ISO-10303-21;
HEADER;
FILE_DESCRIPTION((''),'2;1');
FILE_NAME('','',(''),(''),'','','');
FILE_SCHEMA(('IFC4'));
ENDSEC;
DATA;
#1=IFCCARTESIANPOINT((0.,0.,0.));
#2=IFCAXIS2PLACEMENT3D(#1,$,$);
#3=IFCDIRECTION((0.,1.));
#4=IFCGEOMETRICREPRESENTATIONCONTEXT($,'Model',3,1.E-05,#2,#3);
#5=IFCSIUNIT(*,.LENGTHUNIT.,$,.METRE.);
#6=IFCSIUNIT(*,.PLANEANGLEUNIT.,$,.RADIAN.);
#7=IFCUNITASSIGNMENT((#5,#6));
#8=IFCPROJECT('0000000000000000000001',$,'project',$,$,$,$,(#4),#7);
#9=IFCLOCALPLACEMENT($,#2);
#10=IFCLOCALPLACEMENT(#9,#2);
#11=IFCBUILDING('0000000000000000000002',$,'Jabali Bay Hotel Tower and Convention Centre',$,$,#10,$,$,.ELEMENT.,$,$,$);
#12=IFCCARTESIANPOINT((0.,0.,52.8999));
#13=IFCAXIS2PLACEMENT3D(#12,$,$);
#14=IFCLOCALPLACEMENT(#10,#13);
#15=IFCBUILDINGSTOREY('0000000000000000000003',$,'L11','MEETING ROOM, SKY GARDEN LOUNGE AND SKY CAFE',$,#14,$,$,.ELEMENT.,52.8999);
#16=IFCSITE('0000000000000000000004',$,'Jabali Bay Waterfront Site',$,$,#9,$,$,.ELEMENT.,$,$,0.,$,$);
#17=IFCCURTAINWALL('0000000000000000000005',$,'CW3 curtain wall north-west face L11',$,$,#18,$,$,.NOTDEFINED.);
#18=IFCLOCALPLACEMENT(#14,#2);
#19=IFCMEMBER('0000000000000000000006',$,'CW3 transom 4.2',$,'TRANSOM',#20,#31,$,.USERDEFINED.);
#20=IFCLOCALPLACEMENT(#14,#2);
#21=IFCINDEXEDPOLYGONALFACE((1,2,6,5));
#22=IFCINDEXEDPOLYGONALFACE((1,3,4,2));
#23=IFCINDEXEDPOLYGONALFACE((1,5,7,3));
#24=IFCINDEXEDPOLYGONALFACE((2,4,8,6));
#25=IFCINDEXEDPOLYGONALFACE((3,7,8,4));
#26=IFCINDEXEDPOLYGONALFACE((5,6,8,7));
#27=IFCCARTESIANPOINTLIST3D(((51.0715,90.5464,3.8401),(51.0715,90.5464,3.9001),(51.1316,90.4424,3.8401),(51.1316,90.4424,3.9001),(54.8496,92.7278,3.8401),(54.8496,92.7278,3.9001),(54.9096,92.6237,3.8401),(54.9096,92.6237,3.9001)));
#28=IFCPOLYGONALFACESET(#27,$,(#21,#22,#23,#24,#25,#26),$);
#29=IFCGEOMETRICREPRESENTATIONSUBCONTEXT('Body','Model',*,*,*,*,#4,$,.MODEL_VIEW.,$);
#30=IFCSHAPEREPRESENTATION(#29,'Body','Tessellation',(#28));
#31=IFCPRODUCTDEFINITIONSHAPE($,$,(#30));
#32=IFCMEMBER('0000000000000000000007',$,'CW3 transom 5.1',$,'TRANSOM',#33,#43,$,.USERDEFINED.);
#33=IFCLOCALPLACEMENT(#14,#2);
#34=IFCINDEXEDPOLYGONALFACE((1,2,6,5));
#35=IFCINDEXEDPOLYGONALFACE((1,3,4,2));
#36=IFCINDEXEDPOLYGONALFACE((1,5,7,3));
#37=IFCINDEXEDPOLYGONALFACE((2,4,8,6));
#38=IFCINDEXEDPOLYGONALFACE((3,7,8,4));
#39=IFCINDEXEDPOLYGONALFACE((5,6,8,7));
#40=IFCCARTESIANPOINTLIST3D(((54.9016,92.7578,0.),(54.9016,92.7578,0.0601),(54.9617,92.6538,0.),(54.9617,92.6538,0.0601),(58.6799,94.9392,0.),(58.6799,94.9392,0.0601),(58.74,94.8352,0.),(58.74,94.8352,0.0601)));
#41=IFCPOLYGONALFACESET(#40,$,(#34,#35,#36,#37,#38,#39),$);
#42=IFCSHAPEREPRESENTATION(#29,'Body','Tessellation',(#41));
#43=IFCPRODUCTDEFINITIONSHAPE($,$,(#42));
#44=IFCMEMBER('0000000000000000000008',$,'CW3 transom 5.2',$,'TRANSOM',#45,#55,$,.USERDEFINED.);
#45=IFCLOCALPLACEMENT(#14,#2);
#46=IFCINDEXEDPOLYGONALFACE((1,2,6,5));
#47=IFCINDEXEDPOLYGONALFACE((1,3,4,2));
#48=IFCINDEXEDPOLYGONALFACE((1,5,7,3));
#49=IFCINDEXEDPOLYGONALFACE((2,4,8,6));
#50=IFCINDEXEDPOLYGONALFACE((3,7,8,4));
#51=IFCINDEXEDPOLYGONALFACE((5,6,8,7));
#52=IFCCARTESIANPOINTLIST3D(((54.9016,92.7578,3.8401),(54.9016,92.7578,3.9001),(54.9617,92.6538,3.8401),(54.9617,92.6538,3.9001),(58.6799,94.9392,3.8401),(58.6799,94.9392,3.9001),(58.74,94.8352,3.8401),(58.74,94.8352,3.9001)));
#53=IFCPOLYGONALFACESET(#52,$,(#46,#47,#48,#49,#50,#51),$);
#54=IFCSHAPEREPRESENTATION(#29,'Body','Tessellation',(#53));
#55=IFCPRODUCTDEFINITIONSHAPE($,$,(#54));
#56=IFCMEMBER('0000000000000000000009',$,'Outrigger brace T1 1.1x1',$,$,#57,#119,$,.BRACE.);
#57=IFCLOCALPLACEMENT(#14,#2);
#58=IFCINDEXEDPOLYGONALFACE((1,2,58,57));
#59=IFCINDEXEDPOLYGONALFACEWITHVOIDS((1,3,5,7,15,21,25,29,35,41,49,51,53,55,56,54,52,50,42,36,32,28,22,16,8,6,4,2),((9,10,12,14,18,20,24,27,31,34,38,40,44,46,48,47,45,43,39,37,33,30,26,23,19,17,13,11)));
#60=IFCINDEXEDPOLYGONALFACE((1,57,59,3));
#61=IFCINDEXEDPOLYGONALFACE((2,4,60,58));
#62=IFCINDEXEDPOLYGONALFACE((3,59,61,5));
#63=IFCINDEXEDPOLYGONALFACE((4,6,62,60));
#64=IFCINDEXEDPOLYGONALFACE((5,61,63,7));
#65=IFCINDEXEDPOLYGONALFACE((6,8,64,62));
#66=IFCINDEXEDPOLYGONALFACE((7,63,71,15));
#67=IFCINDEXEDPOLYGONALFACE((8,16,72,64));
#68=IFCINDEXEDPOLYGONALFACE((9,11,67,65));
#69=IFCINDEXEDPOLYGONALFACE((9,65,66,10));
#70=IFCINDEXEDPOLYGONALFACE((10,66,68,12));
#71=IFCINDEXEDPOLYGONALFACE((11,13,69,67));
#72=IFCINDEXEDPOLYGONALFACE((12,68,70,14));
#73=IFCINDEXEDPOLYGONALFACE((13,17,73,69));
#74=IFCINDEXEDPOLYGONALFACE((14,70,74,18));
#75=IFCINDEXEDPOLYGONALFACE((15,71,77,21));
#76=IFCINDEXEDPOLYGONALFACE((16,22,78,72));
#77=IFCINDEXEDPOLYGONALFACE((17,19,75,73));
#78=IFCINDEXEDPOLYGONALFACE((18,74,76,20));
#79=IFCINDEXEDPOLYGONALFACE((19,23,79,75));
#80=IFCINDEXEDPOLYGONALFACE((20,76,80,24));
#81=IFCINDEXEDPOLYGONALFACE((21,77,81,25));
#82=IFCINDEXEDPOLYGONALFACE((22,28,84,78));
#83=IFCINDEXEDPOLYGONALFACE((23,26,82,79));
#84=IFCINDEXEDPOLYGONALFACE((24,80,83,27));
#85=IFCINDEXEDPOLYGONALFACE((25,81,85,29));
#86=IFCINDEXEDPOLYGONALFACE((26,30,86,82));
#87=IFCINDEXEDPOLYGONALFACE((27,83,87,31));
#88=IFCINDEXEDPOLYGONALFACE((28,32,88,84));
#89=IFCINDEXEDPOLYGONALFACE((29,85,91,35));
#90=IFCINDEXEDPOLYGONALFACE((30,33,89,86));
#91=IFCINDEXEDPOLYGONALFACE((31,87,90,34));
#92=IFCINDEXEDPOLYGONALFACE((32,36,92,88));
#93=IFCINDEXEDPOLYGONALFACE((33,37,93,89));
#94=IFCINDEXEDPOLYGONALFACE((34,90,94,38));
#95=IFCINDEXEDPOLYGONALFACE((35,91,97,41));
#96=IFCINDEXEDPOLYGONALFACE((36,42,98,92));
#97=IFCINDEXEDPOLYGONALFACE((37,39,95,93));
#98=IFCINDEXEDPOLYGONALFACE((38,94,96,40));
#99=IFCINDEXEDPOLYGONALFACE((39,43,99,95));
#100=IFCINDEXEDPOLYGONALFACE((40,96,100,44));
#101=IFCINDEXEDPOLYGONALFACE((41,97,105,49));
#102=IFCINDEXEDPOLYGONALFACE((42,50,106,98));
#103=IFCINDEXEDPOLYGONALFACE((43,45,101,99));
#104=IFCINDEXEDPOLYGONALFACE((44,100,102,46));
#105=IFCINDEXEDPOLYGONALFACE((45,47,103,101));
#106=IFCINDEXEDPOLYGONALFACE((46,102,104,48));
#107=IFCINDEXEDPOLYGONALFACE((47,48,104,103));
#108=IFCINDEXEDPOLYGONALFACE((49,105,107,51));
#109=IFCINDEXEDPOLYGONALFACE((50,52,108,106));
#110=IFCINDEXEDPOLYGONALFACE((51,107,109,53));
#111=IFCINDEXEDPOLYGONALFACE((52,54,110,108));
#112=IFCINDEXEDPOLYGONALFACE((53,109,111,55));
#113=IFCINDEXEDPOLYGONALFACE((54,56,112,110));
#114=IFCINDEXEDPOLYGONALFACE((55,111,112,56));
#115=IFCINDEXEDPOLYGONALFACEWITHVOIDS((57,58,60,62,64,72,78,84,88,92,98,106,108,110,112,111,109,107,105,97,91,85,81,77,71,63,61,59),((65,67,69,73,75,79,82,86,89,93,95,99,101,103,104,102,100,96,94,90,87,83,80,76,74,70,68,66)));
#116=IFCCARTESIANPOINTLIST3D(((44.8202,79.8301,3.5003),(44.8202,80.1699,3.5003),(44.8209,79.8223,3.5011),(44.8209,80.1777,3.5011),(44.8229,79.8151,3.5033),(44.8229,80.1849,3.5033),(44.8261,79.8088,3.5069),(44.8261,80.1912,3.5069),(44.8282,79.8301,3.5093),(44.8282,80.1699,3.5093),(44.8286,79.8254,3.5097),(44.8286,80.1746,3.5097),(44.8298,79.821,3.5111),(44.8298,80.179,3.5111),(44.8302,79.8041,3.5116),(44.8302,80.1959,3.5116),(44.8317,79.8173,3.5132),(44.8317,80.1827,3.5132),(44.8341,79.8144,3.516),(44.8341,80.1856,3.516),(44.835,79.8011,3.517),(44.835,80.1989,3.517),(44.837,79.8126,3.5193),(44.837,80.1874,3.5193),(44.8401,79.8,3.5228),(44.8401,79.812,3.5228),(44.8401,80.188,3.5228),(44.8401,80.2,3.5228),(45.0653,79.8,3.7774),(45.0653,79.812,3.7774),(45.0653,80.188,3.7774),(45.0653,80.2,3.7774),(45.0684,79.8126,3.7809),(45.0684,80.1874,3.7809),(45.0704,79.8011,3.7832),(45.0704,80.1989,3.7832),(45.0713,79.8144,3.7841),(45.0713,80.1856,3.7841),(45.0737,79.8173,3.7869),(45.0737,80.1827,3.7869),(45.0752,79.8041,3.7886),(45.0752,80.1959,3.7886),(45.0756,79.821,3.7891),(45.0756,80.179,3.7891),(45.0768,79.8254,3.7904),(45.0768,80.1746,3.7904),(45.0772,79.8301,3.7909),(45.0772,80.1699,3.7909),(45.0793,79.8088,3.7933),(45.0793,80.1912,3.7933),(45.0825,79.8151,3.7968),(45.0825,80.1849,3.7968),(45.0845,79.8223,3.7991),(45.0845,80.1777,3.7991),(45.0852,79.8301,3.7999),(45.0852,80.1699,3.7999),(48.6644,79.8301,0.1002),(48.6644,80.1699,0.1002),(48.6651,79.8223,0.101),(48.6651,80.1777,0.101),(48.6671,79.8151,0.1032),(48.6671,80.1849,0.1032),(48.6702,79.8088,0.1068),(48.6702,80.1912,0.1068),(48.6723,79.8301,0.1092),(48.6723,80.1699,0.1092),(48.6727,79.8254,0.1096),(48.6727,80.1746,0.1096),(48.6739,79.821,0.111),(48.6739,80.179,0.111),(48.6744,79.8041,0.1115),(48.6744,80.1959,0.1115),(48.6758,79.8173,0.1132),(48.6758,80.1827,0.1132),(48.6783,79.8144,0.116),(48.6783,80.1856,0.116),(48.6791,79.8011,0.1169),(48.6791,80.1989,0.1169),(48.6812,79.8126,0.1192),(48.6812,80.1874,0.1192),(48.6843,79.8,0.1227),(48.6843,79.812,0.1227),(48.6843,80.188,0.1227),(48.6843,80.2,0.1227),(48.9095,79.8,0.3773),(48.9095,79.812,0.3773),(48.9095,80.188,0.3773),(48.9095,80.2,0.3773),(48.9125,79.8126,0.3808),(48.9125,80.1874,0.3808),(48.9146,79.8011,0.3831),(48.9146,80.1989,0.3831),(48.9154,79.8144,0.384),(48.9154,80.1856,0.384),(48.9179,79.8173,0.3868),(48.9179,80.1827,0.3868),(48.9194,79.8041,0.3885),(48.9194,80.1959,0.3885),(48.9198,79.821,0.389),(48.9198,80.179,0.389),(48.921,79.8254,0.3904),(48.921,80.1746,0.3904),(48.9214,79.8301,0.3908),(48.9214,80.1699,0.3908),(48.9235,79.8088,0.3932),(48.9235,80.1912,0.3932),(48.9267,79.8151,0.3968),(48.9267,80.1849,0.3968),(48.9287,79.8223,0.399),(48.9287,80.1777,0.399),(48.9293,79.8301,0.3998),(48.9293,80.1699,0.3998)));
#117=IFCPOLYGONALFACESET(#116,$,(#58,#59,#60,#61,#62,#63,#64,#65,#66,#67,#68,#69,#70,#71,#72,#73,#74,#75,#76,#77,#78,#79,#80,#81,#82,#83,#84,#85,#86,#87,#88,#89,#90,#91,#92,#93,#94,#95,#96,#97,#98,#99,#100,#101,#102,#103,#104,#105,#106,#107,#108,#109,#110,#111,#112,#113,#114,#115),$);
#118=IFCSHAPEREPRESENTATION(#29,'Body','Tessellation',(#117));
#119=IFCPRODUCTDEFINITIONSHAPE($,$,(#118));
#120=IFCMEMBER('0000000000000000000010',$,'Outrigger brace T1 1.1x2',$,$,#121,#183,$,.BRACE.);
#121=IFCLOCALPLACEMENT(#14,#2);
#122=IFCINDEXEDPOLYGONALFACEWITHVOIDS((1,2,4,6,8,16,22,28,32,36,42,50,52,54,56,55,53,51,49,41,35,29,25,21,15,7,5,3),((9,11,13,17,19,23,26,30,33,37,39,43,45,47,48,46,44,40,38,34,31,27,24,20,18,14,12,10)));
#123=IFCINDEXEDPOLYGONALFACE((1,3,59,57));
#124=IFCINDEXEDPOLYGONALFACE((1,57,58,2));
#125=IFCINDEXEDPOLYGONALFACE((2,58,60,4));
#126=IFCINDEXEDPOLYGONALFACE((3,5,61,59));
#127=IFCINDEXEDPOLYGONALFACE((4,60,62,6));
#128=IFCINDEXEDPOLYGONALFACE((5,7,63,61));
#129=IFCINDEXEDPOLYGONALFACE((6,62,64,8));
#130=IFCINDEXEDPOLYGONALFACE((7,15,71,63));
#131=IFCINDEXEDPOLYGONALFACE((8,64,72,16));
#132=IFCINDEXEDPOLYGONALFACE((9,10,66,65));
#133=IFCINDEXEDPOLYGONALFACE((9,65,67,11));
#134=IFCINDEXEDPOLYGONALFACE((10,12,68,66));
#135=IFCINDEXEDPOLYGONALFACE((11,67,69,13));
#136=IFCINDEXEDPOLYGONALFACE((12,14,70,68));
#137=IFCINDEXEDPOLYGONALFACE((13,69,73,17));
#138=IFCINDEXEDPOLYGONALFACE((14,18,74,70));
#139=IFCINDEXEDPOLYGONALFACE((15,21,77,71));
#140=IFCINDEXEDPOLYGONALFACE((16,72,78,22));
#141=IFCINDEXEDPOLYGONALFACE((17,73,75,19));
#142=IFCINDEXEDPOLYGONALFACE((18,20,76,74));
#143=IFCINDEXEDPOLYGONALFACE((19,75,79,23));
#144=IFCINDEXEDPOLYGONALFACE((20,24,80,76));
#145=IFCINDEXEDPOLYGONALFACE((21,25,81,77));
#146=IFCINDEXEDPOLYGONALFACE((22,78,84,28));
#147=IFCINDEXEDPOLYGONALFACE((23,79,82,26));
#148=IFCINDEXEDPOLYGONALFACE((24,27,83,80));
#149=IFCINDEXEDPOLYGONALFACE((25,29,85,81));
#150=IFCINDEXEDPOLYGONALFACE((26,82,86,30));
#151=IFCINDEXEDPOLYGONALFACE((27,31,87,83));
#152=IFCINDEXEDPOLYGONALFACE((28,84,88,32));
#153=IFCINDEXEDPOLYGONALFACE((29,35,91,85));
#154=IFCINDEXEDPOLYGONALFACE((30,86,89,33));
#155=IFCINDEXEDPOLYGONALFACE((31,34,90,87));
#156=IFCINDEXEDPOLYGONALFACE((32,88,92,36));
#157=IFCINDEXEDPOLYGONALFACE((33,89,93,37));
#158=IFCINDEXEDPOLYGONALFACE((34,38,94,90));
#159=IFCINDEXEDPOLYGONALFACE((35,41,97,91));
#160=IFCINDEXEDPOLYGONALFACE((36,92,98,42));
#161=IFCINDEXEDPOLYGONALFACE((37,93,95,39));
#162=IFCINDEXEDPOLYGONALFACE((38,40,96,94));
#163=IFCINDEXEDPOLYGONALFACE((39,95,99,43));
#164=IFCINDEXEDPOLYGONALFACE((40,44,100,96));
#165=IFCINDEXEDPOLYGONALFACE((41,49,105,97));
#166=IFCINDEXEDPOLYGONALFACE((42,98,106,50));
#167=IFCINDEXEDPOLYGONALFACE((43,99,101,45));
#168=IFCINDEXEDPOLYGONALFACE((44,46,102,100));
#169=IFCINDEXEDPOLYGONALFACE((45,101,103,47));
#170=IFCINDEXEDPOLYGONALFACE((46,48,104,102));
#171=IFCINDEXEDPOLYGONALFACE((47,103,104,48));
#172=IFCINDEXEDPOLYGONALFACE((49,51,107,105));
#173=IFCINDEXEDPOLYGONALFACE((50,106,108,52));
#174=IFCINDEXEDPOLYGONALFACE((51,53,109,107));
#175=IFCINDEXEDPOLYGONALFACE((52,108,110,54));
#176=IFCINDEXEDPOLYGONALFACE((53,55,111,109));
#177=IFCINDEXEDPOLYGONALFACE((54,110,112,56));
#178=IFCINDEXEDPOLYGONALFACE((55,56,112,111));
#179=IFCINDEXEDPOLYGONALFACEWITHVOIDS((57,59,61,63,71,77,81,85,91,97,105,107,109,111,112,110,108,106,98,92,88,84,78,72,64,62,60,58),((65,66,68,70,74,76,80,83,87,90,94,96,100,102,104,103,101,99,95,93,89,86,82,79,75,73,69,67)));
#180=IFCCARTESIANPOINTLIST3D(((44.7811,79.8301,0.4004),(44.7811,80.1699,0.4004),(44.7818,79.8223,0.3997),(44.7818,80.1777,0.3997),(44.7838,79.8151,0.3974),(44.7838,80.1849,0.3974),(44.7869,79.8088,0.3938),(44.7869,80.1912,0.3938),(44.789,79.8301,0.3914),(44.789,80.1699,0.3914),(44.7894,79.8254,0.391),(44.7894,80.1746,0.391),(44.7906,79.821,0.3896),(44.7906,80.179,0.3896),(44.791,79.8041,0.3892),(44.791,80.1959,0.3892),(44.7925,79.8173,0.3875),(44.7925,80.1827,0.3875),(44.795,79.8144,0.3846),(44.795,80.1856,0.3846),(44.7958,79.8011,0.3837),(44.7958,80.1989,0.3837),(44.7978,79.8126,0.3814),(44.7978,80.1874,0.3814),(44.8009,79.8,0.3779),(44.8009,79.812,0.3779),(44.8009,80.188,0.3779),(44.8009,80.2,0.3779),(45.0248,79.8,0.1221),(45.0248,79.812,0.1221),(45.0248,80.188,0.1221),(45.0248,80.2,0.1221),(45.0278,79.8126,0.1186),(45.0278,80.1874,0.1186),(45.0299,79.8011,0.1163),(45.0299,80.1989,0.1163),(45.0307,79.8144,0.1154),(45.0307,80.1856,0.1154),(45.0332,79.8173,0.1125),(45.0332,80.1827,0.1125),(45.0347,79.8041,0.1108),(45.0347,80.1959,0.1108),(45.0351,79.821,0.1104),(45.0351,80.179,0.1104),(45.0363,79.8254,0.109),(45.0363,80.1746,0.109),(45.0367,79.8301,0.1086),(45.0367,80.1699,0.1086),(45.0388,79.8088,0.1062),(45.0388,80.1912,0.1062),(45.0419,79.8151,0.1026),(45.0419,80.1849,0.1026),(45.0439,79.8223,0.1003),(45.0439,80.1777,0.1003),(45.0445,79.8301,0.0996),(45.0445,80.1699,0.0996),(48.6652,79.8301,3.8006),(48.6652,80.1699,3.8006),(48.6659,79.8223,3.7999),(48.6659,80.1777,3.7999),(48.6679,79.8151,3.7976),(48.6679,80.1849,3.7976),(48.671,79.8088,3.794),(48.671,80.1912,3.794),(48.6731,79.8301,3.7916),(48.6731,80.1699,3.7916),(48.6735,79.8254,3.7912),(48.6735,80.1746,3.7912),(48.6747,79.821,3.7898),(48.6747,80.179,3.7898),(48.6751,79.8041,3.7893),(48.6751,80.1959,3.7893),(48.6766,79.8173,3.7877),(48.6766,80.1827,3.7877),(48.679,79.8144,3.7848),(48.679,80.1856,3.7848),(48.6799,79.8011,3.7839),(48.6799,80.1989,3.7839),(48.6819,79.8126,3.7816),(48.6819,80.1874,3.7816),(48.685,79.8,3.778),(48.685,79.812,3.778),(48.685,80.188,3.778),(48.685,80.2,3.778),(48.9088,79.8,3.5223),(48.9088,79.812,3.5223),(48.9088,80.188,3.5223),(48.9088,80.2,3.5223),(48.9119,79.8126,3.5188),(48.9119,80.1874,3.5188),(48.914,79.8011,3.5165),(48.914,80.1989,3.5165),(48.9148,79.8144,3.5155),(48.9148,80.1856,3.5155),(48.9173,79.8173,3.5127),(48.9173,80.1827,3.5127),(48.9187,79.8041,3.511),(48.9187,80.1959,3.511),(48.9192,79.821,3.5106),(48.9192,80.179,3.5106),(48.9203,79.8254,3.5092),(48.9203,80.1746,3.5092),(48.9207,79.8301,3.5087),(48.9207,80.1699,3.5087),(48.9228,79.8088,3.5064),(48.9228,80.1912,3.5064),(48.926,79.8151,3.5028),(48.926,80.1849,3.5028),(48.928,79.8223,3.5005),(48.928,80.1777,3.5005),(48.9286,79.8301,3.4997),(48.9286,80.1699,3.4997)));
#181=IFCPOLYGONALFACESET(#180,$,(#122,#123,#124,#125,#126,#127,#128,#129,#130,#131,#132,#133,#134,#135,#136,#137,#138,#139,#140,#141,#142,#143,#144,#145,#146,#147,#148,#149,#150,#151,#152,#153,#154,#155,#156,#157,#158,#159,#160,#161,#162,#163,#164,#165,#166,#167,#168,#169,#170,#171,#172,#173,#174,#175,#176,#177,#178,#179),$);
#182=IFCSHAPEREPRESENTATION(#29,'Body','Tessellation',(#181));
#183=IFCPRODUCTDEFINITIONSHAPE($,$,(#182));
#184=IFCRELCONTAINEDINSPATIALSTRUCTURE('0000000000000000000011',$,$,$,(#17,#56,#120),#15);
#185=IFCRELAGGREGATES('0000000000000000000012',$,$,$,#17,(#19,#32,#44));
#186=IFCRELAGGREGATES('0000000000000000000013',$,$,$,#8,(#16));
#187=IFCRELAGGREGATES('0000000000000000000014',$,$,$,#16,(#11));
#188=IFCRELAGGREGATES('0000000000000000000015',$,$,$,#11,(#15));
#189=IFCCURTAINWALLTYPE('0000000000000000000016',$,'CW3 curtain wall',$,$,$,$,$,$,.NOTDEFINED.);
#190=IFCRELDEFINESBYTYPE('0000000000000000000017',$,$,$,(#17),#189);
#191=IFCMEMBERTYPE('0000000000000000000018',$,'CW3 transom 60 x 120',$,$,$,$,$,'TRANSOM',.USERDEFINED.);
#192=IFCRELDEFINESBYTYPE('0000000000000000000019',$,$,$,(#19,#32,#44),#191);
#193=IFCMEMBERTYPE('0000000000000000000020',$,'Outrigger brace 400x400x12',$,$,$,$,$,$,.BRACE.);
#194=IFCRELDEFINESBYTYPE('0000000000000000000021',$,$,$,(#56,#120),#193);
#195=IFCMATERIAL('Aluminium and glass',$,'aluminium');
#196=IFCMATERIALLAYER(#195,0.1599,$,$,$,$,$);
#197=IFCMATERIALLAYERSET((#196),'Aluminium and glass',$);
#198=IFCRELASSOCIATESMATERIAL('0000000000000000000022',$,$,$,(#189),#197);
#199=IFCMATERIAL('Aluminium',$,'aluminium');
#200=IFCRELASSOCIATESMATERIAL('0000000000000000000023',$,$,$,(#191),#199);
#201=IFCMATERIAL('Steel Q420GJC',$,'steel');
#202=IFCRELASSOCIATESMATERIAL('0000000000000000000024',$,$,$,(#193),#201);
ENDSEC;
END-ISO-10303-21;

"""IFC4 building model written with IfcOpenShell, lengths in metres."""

from ifc_helpers import new_model, si_unit, direction, frame, origin, origin_2d, place, context, subcontext, project, spatial, rectangle, hollow_rectangle, extrude, material, layer, layer_set, material_profile, profile_set, type_object, element, aggregate, save


model = new_model("IFC4")

# Units and contexts
model_context = context("Model", 3, precision=1e-05, world=origin(), true_north=direction((0.0, 1.0)))
body_context = subcontext(model_context, "Body", "Model", "MODEL_VIEW")
ifc_project = project(units=[si_unit("LENGTHUNIT", "METRE"), si_unit("PLANEANGLEUNIT", "RADIAN")], contexts=[model_context])

# Site, building, storey
site_placement = place(None, origin())
site = spatial("IfcSite", under=ifc_project, at=site_placement, Name="Jabali Bay Waterfront Site", CompositionType="ELEMENT", RefElevation=0.0)
building_placement = place(site_placement, origin())
building = spatial("IfcBuilding", under=site, at=building_placement, Name="Jabali Bay Hotel Tower and Convention Centre", CompositionType="ELEMENT")
storey_placement = place(building_placement, frame((0.0, 0.0, 52.8999)))
storey = spatial("IfcBuildingStorey", under=building, at=storey_placement, Name="L11", Description="MEETING ROOM, SKY GARDEN LOUNGE AND SKY CAFE", CompositionType="ELEMENT", Elevation=52.8999)

# Shared definitions
ifc_material_1 = material(Name="Steel Q420GJC", Category="steel")

# Curtain wall, members
ifc_material_2 = material(Name="Aluminium and glass", Category="aluminium")
ifc_layer_1 = layer(ifc_material_2, 0.1599)
ifc_layer_set_1 = layer_set([ifc_layer_1], Name="Aluminium and glass")
curtain_wall_type = type_object("IfcCurtainWallType", Name="CW3 curtain wall", PredefinedType="NOTDEFINED", material=ifc_layer_set_1)
curtain_wall_placement = place(storey_placement, origin())
curtain_wall = element("IfcCurtainWall", 1, at=curtain_wall_placement, inside=storey, type_object=curtain_wall_type, Name="CW3 curtain wall north-west face L11", PredefinedType="NOTDEFINED")
ifc_material_3 = material(Name="Aluminium", Category="aluminium")
ifc_material_profile_1 = material_profile(ifc_material_3, rectangle(XDim=0.1201, YDim=0.0601, at=origin_2d()), Name="CW3 transom 60 x 120")
ifc_profile_set_1 = profile_set([ifc_material_profile_1], Name="Aluminium")
member_type_1 = type_object("IfcMemberType", Name="CW3 transom 60 x 120", ElementType="TRANSOM", PredefinedType="USERDEFINED", material=ifc_profile_set_1)
member_1_placement = place(storey_placement, frame((51.1016, 90.4944, 3.8701), z_axis=(0.866013, 0.500021, 0.0), x_axis=(-0.500021, 0.866013, 0.0)))
member_1 = element("IfcMember", 2, at=member_1_placement, type_object=member_type_1, Name="CW3 transom 4.2", ObjectType="TRANSOM", PredefinedType="USERDEFINED", context=body_context, shape_type="SweptSolid", body=[
    extrude(rectangle(XDim=0.1201, YDim=0.0601, at=origin_2d()), origin(), (0.0, 0.0, 1.0), 4.3625),
])
member_2_placement = place(storey_placement, frame((54.9316, 92.7058, 0.03), z_axis=(0.866027, 0.499997, 0.0), x_axis=(-0.499997, 0.866027, 0.0)))
member_2 = element("IfcMember", 3, at=member_2_placement, type_object=member_type_1, Name="CW3 transom 5.1", ObjectType="TRANSOM", PredefinedType="USERDEFINED", context=body_context, shape_type="SweptSolid", body=[
    extrude(rectangle(XDim=0.1201, YDim=0.0601, at=origin_2d()), origin(), (0.0, 0.0, 1.0), 4.3628),
])
member_3_placement = place(storey_placement, frame((54.9316, 92.7058, 3.8701), z_axis=(0.866027, 0.499997, 0.0), x_axis=(-0.499997, 0.866027, 0.0)))
member_3 = element("IfcMember", 4, at=member_3_placement, type_object=member_type_1, Name="CW3 transom 5.2", ObjectType="TRANSOM", PredefinedType="USERDEFINED", context=body_context, shape_type="SweptSolid", body=[
    extrude(rectangle(XDim=0.1201, YDim=0.0601, at=origin_2d()), origin(), (0.0, 0.0, 1.0), 4.3628),
])

# Members
ifc_material_profile_2 = material_profile(ifc_material_1, hollow_rectangle(XDim=0.3999, YDim=0.3999, WallThickness=0.012, InnerFilletRadius=0.0181, OuterFilletRadius=0.03, at=origin_2d()), Name="Outrigger brace 400x400x12")
ifc_profile_set_2 = profile_set([ifc_material_profile_2], Name="Steel Q420GJC")
member_type_2 = type_object("IfcMemberType", Name="Outrigger brace 400x400x12", PredefinedType="BRACE", material=ifc_profile_set_2)
member_4_placement = place(storey_placement, frame((48.7969, 80.0, 0.25), z_axis=(-0.749047, 0.0, 0.662516), x_axis=(0.0, -1.0, 0.0)))
element("IfcMember", 5, at=member_4_placement, inside=storey, type_object=member_type_2, Name="Outrigger brace T1 1.1x1", PredefinedType="BRACE", context=body_context, shape_type="SweptSolid", body=[
    extrude(hollow_rectangle(XDim=0.3999, YDim=0.3999, WallThickness=0.012, InnerFilletRadius=0.0181, OuterFilletRadius=0.03, at=origin_2d()), origin(), (0.0, 0.0, 1.0), 5.1321),
])
member_5_placement = place(storey_placement, frame((44.9128, 80.0, 0.25), z_axis=(0.752421, 0.0, 0.658682), x_axis=(0.0, 1.0, 0.0)))
element("IfcMember", 6, at=member_5_placement, inside=storey, type_object=member_type_2, Name="Outrigger brace T1 1.1x2", PredefinedType="BRACE", context=body_context, shape_type="SweptSolid", body=[
    extrude(hollow_rectangle(XDim=0.3999, YDim=0.3999, WallThickness=0.012, InnerFilletRadius=0.0181, OuterFilletRadius=0.03, at=origin_2d()), origin(), (0.0, 0.0, 1.0), 5.1621),
])

aggregate(curtain_wall, [member_1, member_2, member_3])

save(model, "model.ifc")
